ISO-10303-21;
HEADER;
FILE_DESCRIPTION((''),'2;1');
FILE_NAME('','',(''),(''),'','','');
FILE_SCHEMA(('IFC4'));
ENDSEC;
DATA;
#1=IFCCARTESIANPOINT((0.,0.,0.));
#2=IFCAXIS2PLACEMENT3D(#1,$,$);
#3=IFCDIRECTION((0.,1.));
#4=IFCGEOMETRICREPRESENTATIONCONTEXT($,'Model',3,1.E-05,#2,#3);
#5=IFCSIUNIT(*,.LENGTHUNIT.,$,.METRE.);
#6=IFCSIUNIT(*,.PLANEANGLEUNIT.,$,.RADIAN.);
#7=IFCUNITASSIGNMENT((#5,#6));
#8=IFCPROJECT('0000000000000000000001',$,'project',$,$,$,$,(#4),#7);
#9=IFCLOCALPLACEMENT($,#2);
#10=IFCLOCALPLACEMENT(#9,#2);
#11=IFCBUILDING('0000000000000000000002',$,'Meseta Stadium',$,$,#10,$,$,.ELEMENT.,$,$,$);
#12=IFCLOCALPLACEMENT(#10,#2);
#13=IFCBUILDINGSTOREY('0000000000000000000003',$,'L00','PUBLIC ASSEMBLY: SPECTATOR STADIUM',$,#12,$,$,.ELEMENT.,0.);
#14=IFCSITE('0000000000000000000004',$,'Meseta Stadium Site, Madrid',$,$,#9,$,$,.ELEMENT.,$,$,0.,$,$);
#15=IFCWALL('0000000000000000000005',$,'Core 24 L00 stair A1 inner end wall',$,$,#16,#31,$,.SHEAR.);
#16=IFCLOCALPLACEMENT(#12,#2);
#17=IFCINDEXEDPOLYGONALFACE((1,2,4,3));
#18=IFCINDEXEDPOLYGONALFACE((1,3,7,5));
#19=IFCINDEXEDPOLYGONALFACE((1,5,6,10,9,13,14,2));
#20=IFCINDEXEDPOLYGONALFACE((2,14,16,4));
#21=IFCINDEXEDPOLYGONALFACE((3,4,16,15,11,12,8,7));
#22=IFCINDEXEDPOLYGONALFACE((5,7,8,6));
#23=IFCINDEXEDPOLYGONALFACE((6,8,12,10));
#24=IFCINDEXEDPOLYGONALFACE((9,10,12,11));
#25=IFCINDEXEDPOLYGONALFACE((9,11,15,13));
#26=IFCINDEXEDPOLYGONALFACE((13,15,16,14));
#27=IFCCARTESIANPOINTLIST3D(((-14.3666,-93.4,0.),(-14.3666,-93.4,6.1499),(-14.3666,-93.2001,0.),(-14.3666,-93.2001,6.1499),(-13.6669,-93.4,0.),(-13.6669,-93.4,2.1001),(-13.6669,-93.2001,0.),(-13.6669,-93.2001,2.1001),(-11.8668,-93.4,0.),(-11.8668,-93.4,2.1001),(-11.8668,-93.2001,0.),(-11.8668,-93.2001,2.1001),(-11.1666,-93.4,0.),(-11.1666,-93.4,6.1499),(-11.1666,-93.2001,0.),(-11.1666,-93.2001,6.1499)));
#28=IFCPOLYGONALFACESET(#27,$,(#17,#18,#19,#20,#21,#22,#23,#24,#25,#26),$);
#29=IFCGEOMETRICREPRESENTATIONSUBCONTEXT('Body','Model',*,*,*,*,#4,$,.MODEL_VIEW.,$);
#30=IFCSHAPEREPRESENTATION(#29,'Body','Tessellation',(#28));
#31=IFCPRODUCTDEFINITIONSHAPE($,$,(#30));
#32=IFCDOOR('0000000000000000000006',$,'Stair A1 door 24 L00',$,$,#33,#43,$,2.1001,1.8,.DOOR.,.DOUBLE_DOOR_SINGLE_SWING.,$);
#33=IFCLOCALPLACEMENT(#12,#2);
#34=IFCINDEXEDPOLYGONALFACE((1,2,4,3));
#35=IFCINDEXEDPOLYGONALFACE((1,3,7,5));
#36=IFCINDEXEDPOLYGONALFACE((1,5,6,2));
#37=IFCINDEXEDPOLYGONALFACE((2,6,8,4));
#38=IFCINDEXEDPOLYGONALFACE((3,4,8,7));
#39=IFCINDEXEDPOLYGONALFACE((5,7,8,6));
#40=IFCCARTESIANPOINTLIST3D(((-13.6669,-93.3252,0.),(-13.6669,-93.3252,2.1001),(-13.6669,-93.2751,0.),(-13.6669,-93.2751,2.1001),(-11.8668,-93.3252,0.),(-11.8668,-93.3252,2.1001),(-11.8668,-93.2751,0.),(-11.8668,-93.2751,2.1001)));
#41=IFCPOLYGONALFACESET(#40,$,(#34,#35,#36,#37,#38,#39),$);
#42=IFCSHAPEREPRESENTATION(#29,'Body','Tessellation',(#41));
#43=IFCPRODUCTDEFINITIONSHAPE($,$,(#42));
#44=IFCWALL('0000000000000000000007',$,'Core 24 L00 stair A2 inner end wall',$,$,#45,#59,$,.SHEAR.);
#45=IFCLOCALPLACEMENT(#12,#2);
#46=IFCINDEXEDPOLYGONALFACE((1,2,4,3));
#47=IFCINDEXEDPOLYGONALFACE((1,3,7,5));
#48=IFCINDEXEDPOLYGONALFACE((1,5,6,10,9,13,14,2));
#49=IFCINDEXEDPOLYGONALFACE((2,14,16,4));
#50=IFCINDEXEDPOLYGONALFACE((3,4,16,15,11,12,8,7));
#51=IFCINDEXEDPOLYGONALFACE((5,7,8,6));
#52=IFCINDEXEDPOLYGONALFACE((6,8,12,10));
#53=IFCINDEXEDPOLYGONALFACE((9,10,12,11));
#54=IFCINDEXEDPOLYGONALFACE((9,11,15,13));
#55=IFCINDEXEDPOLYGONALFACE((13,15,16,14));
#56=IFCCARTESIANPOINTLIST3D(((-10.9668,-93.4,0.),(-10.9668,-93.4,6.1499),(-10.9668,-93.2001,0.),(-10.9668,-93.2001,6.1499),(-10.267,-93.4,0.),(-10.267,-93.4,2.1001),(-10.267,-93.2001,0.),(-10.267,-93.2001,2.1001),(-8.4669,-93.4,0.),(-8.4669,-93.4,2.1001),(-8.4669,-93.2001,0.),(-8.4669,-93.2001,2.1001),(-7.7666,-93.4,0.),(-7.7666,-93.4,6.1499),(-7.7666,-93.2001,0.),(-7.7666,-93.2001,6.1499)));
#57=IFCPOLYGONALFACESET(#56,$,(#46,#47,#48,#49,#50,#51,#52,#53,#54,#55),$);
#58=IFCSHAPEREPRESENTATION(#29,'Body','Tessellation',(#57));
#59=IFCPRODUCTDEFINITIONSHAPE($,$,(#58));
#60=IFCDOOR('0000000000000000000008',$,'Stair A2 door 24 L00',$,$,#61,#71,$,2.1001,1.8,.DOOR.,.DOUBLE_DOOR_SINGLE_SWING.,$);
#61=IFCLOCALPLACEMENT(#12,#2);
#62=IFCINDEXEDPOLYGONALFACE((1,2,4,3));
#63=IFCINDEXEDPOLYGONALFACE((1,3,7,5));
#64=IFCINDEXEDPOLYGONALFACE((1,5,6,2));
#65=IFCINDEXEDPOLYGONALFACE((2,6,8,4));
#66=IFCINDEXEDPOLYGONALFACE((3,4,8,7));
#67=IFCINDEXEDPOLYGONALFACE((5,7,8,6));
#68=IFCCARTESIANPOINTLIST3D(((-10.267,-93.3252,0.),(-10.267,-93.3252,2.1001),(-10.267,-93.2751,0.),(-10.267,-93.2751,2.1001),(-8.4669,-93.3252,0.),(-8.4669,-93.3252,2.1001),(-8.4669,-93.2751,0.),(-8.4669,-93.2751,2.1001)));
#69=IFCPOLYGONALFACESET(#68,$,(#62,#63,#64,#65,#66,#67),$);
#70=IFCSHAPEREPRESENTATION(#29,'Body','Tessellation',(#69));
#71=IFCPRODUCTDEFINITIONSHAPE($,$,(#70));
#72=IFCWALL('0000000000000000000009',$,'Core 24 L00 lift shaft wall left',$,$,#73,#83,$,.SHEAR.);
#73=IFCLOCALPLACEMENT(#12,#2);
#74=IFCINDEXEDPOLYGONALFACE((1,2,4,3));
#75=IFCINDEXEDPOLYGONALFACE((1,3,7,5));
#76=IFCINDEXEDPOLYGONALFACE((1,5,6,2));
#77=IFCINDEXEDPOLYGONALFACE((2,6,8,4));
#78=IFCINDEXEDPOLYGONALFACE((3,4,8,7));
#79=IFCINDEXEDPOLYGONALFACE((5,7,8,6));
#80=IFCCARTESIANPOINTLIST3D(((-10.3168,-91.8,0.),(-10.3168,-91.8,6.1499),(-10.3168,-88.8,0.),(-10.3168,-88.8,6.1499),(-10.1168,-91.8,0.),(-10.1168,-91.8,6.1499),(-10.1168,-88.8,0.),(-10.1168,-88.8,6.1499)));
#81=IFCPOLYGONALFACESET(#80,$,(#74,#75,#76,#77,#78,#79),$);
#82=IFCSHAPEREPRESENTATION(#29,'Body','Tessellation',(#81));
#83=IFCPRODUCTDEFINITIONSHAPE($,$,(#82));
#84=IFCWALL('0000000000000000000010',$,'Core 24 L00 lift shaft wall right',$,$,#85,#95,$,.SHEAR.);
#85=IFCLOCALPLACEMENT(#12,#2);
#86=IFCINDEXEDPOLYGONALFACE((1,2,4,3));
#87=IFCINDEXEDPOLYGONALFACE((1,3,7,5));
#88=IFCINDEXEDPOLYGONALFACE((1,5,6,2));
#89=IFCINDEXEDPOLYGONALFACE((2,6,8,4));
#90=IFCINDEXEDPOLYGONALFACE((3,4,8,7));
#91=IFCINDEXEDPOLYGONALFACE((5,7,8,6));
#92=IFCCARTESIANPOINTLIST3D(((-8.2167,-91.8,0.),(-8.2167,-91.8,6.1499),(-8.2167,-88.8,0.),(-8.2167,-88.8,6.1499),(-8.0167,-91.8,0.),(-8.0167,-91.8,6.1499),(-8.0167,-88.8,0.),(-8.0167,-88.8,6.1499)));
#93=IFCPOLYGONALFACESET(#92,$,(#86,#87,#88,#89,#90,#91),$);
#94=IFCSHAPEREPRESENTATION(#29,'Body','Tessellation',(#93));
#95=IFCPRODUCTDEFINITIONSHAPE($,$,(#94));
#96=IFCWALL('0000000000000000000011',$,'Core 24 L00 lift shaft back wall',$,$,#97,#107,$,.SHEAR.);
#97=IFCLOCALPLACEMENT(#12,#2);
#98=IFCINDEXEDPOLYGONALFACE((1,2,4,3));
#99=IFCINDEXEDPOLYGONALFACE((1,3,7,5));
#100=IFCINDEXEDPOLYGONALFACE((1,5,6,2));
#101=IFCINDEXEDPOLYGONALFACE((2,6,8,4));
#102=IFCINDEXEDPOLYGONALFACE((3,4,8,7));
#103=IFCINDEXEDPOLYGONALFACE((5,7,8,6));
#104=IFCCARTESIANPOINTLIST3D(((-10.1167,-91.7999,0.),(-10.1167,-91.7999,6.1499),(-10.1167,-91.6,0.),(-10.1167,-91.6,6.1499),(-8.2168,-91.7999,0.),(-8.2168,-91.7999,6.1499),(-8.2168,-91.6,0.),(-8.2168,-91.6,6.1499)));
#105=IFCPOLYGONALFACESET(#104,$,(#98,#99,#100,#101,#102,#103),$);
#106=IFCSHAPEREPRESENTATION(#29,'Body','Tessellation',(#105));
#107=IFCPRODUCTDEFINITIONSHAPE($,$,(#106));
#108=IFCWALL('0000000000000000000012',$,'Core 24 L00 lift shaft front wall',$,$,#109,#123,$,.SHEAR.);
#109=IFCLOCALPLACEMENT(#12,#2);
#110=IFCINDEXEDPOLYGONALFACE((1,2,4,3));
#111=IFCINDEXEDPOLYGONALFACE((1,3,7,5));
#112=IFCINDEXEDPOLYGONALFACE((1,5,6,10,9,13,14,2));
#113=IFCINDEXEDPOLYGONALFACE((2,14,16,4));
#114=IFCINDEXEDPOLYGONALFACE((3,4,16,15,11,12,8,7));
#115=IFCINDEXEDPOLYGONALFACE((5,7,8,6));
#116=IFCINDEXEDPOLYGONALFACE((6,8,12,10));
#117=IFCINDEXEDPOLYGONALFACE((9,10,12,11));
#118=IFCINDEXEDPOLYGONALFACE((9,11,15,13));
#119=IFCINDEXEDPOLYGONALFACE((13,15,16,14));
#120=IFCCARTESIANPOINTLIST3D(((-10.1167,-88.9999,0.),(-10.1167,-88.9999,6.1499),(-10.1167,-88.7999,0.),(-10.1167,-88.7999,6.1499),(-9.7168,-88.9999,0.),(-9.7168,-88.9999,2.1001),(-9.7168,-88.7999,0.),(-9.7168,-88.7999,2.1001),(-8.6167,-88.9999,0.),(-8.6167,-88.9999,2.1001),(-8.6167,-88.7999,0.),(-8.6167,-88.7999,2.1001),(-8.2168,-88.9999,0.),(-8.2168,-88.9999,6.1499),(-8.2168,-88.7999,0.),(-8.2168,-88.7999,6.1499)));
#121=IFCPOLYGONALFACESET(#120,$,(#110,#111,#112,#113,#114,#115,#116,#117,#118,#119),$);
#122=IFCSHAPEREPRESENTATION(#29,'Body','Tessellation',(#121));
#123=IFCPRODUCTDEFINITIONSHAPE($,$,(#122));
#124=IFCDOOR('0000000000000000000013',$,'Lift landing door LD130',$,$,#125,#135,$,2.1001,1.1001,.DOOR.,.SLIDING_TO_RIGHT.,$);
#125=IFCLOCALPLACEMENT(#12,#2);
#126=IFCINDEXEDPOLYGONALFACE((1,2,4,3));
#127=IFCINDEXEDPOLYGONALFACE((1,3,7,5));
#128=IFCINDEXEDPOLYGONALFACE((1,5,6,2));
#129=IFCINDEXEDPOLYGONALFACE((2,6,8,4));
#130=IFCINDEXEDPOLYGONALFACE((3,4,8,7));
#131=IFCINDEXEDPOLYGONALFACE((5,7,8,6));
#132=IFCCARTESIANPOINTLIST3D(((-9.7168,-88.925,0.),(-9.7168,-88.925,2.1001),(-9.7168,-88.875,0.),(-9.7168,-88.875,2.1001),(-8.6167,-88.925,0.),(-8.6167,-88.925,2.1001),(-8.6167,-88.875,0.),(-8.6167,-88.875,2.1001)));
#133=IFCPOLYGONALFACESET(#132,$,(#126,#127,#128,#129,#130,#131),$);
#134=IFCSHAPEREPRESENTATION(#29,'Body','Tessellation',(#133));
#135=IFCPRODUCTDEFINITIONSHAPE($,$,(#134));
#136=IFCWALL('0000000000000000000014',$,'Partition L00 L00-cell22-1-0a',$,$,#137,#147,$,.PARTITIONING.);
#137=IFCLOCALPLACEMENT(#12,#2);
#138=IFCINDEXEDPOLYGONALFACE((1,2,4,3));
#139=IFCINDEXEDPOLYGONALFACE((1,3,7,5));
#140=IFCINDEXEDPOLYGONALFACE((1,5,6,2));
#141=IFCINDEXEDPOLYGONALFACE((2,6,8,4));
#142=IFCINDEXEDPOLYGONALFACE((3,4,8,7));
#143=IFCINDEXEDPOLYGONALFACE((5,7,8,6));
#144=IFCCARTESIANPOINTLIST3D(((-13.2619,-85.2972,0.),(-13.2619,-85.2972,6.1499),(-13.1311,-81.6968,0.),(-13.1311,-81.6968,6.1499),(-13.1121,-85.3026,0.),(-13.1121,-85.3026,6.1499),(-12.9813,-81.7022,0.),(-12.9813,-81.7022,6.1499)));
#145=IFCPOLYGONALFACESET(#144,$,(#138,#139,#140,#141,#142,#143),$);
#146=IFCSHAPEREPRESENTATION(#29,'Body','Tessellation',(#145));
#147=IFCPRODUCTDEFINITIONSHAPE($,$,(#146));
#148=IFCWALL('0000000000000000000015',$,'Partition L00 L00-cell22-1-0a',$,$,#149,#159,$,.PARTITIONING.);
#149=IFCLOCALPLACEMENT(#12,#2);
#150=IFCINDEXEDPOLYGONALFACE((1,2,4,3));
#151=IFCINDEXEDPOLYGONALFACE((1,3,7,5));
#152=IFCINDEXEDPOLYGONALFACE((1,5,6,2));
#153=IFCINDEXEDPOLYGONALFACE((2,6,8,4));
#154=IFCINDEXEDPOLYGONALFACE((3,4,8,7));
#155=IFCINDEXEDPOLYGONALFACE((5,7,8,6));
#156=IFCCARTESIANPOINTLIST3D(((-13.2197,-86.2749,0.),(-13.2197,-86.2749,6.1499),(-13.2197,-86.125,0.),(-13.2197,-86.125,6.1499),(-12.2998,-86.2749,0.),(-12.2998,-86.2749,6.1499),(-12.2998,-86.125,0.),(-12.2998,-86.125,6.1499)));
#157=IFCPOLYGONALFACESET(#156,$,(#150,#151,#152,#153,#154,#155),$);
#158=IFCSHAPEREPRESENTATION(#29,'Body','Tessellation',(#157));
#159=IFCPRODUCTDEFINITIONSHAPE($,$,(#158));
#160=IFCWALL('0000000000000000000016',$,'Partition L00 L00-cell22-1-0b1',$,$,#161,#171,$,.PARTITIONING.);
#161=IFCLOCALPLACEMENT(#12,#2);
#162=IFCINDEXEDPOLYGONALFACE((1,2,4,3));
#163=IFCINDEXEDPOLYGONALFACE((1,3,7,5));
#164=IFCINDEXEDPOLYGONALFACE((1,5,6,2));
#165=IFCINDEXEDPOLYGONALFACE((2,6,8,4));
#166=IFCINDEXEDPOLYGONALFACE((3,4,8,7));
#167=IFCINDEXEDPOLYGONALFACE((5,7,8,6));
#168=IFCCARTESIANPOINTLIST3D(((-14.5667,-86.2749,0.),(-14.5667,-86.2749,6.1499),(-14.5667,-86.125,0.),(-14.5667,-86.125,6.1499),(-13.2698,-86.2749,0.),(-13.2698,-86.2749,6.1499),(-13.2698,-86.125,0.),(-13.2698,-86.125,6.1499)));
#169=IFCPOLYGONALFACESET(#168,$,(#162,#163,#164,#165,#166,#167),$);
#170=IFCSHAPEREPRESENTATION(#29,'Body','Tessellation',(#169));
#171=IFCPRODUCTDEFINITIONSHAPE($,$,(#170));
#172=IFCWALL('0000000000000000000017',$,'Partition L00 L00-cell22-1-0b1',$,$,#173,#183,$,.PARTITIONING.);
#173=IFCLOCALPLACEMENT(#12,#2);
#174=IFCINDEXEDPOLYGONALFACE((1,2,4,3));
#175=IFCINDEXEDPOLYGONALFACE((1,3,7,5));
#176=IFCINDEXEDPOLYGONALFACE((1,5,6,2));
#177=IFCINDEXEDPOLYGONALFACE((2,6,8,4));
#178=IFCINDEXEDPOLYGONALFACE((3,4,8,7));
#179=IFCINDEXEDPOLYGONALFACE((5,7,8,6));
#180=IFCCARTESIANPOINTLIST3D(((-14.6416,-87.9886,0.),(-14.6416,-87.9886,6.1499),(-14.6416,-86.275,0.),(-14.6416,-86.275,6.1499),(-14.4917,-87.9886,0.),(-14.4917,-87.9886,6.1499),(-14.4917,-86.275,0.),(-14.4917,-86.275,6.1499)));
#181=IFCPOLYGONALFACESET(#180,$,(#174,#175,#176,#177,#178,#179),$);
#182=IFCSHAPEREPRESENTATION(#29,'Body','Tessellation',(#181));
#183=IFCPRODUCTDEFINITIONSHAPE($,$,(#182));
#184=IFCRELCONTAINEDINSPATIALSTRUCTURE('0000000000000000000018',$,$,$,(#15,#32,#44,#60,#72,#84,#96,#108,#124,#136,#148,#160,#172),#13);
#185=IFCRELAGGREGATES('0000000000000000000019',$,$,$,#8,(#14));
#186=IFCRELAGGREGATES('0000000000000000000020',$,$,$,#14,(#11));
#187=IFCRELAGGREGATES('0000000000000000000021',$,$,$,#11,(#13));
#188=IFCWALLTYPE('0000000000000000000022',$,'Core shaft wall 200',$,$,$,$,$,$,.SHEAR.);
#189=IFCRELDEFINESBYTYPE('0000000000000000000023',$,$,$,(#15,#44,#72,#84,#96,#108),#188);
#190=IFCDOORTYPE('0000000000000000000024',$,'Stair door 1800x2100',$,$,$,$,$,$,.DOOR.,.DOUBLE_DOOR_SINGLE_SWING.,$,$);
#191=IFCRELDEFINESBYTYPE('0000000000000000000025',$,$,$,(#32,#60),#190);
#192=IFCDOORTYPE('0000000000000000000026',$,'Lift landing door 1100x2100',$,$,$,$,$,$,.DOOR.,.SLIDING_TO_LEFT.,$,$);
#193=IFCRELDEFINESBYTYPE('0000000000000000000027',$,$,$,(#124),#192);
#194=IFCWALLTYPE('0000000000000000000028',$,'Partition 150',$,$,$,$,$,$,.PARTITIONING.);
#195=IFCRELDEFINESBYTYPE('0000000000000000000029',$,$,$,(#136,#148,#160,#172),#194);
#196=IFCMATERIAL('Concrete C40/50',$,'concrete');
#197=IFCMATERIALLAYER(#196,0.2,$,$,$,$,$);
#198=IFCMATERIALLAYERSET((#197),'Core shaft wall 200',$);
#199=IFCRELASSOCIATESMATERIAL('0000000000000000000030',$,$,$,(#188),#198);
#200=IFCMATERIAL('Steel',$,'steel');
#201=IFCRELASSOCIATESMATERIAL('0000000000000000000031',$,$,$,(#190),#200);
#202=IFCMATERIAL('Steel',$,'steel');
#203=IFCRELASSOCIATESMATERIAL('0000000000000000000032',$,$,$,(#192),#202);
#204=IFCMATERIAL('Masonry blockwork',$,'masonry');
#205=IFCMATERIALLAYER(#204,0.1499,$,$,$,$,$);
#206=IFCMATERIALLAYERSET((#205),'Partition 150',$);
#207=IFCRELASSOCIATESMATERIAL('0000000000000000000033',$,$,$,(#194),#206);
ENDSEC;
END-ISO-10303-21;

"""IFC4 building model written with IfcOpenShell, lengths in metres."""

from ifc_helpers import new_model, si_unit, direction, frame, frame_2d, origin, place, context, subcontext, project, spatial, rectangle, extrude, material, layer, layer_set, type_object, element, fill, save


model = new_model("IFC4")

# Units and contexts
model_context = context("Model", 3, precision=1e-05, world=origin(), true_north=direction((0.0, 1.0)))
body_context = subcontext(model_context, "Body", "Model", "MODEL_VIEW")
ifc_project = project(units=[si_unit("LENGTHUNIT", "METRE"), si_unit("PLANEANGLEUNIT", "RADIAN")], contexts=[model_context])

# Site, building, storey
site_placement = place(None, origin())
site = spatial("IfcSite", under=ifc_project, at=site_placement, Name="Meseta Stadium Site, Madrid", CompositionType="ELEMENT", RefElevation=0.0)
building_placement = place(site_placement, origin())
building = spatial("IfcBuilding", under=site, at=building_placement, Name="Meseta Stadium", CompositionType="ELEMENT")
storey_placement = place(building_placement, origin())
storey = spatial("IfcBuildingStorey", under=building, at=storey_placement, Name="L00", Description="PUBLIC ASSEMBLY: SPECTATOR STADIUM", CompositionType="ELEMENT", Elevation=0.0)

# Walls, openings, doors
ifc_material_1 = material(Name="Concrete C40/50", Category="concrete")
ifc_layer_1 = layer(ifc_material_1, 0.2)
ifc_layer_set_1 = layer_set([ifc_layer_1], Name="Core shaft wall 200")
wall_type_1 = type_object("IfcWallType", Name="Core shaft wall 200", PredefinedType="SHEAR", material=ifc_layer_set_1)
wall_1_placement = place(storey_placement, frame((-14.3667, -93.3, 0.0), z_axis=(0.0, 0.0, 1.0), x_axis=(1.0, 0.0, 0.0)))
wall_1 = element("IfcWall", 1, at=wall_1_placement, inside=storey, type_object=wall_type_1, Name="Core 24 L00 stair A1 inner end wall", PredefinedType="SHEAR", context=body_context, shape_type="SweptSolid", body=[
    extrude(rectangle(XDim=3.2, YDim=0.2, at=frame_2d((1.6001, 0.0))), origin(), (0.0, 0.0, 1.0), 6.1499),
])
opening_1_placement = place(wall_1_placement, frame((0.7, 0.0, 0.0)))
opening_1 = element("IfcOpeningElement", 2, at=opening_1_placement, cuts=wall_1, PredefinedType="OPENING", context=body_context, shape_type="SweptSolid", body=[
    extrude(rectangle(XDim=1.8, YDim=2.1001, at=frame_2d((0.8999, 1.05))), frame((0.0, 0.1099, 0.0), z_axis=(0.0, -1.0, 0.0), x_axis=(1.0, 0.0, 0.0)), (0.0, 0.0, 1.0), 0.22),
])
ifc_material_2 = material(Name="Steel", Category="steel")
door_type_1 = type_object("IfcDoorType", Name="Stair door 1800x2100", OperationType="DOUBLE_DOOR_SINGLE_SWING", PredefinedType="DOOR", material=ifc_material_2)
door_1_placement = place(opening_1_placement, origin())
door_1 = element("IfcDoor", 3, at=door_1_placement, inside=storey, type_object=door_type_1, Name="Stair A1 door 24 L00", OperationType="DOUBLE_DOOR_SINGLE_SWING", OverallHeight=2.1001, OverallWidth=1.8, PredefinedType="DOOR", context=body_context, shape_type="SweptSolid", body=[
    extrude(rectangle(XDim=1.8, YDim=2.1001, at=frame_2d((0.8999, 1.05))), frame((0.0, 0.0249, 0.0), z_axis=(0.0, -1.0, 0.0), x_axis=(1.0, 0.0, 0.0)), (0.0, 0.0, 1.0), 0.05),
])
fill(opening_1, door_1)
wall_2_placement = place(storey_placement, frame((-10.9668, -93.3, 0.0), z_axis=(0.0, 0.0, 1.0), x_axis=(1.0, 0.0, 0.0)))
wall_2 = element("IfcWall", 4, at=wall_2_placement, inside=storey, type_object=wall_type_1, Name="Core 24 L00 stair A2 inner end wall", PredefinedType="SHEAR", context=body_context, shape_type="SweptSolid", body=[
    extrude(rectangle(XDim=3.2002, YDim=0.2, at=frame_2d((1.6001, 0.0))), origin(), (0.0, 0.0, 1.0), 6.1499),
])
opening_2_placement = place(wall_2_placement, frame((0.7, 0.0, 0.0)))
opening_2 = element("IfcOpeningElement", 5, at=opening_2_placement, cuts=wall_2, PredefinedType="OPENING", context=body_context, shape_type="SweptSolid", body=[
    extrude(rectangle(XDim=1.8, YDim=2.1001, at=frame_2d((0.8999, 1.05))), frame((0.0, 0.1099, 0.0), z_axis=(0.0, -1.0, 0.0), x_axis=(1.0, 0.0, 0.0)), (0.0, 0.0, 1.0), 0.22),
])
door_2_placement = place(opening_2_placement, origin())
door_2 = element("IfcDoor", 6, at=door_2_placement, inside=storey, type_object=door_type_1, Name="Stair A2 door 24 L00", OperationType="DOUBLE_DOOR_SINGLE_SWING", OverallHeight=2.1001, OverallWidth=1.8, PredefinedType="DOOR", context=body_context, shape_type="SweptSolid", body=[
    extrude(rectangle(XDim=1.8, YDim=2.1001, at=frame_2d((0.8999, 1.05))), frame((0.0, 0.0249, 0.0), z_axis=(0.0, -1.0, 0.0), x_axis=(1.0, 0.0, 0.0)), (0.0, 0.0, 1.0), 0.05),
])
fill(opening_2, door_2)

# Walls
for number, where, z_axis, x_axis, name in (
    (7, (-10.2168, -91.8, 0.0), (0.0, 0.0, 1.0), (0.0, 1.0, 0.0), "Core 24 L00 lift shaft wall left"),
    (8, (-8.1167, -91.8, 0.0), (0.0, 0.0, 1.0), (0.0, 1.0, 0.0), "Core 24 L00 lift shaft wall right"),
):
    element("IfcWall", number, at=place(storey_placement, frame(where, z_axis=z_axis, x_axis=x_axis)), inside=storey, type_object=wall_type_1, Name=name, PredefinedType="SHEAR", context=body_context, shape_type="SweptSolid", body=[
        extrude(rectangle(XDim=3.0, YDim=0.2, at=frame_2d((1.5, 0.0))), origin(), (0.0, 0.0, 1.0), 6.1499),
    ])
wall_3_placement = place(storey_placement, frame((-10.1167, -91.7, 0.0), z_axis=(0.0, 0.0, 1.0), x_axis=(1.0, 0.0, 0.0)))
element("IfcWall", 9, at=wall_3_placement, inside=storey, type_object=wall_type_1, Name="Core 24 L00 lift shaft back wall", PredefinedType="SHEAR", context=body_context, shape_type="SweptSolid", body=[
    extrude(rectangle(XDim=1.8999, YDim=0.2, at=frame_2d((0.95, 0.0))), origin(), (0.0, 0.0, 1.0), 6.1499),
])

# Wall, opening, door
wall_4_placement = place(storey_placement, frame((-10.1167, -88.8999, 0.0), z_axis=(0.0, 0.0, 1.0), x_axis=(1.0, 0.0, 0.0)))
wall_4 = element("IfcWall", 10, at=wall_4_placement, inside=storey, type_object=wall_type_1, Name="Core 24 L00 lift shaft front wall", PredefinedType="SHEAR", context=body_context, shape_type="SweptSolid", body=[
    extrude(rectangle(XDim=1.8999, YDim=0.2, at=frame_2d((0.95, 0.0))), origin(), (0.0, 0.0, 1.0), 6.1499),
])
opening_3_placement = place(wall_4_placement, frame((0.3999, 0.0, 0.0)))
opening_3 = element("IfcOpeningElement", 11, at=opening_3_placement, cuts=wall_4, PredefinedType="OPENING", context=body_context, shape_type="SweptSolid", body=[
    extrude(rectangle(XDim=1.1001, YDim=2.1001, at=frame_2d((0.55, 1.05))), frame((0.0, 0.1099, 0.0), z_axis=(0.0, -1.0, 0.0), x_axis=(1.0, 0.0, 0.0)), (0.0, 0.0, 1.0), 0.22),
])
ifc_material_3 = material(Name="Steel", Category="steel")
door_type_2 = type_object("IfcDoorType", Name="Lift landing door 1100x2100", OperationType="SLIDING_TO_LEFT", PredefinedType="DOOR", material=ifc_material_3)
door_3_placement = place(opening_3_placement, origin())
door_3 = element("IfcDoor", 12, at=door_3_placement, inside=storey, type_object=door_type_2, Name="Lift landing door LD130", OperationType="SLIDING_TO_RIGHT", OverallHeight=2.1001, OverallWidth=1.1001, PredefinedType="DOOR", context=body_context, shape_type="SweptSolid", body=[
    extrude(rectangle(XDim=1.1001, YDim=2.1001, at=frame_2d((0.55, 1.05))), frame((0.0, 0.0249, 0.0), z_axis=(0.0, -1.0, 0.0), x_axis=(1.0, 0.0, 0.0)), (0.0, 0.0, 1.0), 0.05),
])
fill(opening_3, door_3)

# Walls
ifc_material_4 = material(Name="Masonry blockwork", Category="masonry")
ifc_layer_2 = layer(ifc_material_4, 0.1499)
ifc_layer_set_2 = layer_set([ifc_layer_2], Name="Partition 150")
wall_type_2 = type_object("IfcWallType", Name="Partition 150", PredefinedType="PARTITIONING", material=ifc_layer_set_2)
wall_5_placement = place(storey_placement, frame((-13.187, -85.2998, 0.0), z_axis=(0.0, 0.0, 1.0), x_axis=(0.036322, 0.99934, 0.0)))
element("IfcWall", 13, at=wall_5_placement, inside=storey, type_object=wall_type_2, Name="Partition L00 L00-cell22-1-0a", PredefinedType="PARTITIONING", context=body_context, shape_type="SweptSolid", body=[
    extrude(rectangle(XDim=3.6028, YDim=0.1499, at=frame_2d((1.8013, 0.0))), origin(), (0.0, 0.0, 1.0), 6.1499),
])
wall_6_placement = place(storey_placement, frame((-12.2998, -86.2, 0.0), z_axis=(0.0, 0.0, 1.0), x_axis=(-1.0, 0.0, 0.0)))
element("IfcWall", 14, at=wall_6_placement, inside=storey, type_object=wall_type_2, Name="Partition L00 L00-cell22-1-0a", PredefinedType="PARTITIONING", context=body_context, shape_type="SweptSolid", body=[
    extrude(rectangle(XDim=0.9199, YDim=0.1499, at=frame_2d((0.46, 0.0))), origin(), (0.0, 0.0, 1.0), 6.1499),
])
wall_7_placement = place(storey_placement, frame((-13.2698, -86.2, 0.0), z_axis=(0.0, 0.0, 1.0), x_axis=(-1.0, 0.0, 0.0)))
element("IfcWall", 15, at=wall_7_placement, inside=storey, type_object=wall_type_2, Name="Partition L00 L00-cell22-1-0b1", PredefinedType="PARTITIONING", context=body_context, shape_type="SweptSolid", body=[
    extrude(rectangle(XDim=1.2969, YDim=0.1499, at=frame_2d((0.6484, 0.0))), origin(), (0.0, 0.0, 1.0), 6.1499),
])
wall_8_placement = place(storey_placement, frame((-14.5667, -86.2749, 0.0), z_axis=(0.0, 0.0, 1.0), x_axis=(0.0, -1.0, 0.0)))
element("IfcWall", 16, at=wall_8_placement, inside=storey, type_object=wall_type_2, Name="Partition L00 L00-cell22-1-0b1", PredefinedType="PARTITIONING", context=body_context, shape_type="SweptSolid", body=[
    extrude(rectangle(XDim=1.7136, YDim=0.1499, at=frame_2d((0.8569, 0.0))), origin(), (0.0, 0.0, 1.0), 6.1499),
])

save(model, "model.ifc")
